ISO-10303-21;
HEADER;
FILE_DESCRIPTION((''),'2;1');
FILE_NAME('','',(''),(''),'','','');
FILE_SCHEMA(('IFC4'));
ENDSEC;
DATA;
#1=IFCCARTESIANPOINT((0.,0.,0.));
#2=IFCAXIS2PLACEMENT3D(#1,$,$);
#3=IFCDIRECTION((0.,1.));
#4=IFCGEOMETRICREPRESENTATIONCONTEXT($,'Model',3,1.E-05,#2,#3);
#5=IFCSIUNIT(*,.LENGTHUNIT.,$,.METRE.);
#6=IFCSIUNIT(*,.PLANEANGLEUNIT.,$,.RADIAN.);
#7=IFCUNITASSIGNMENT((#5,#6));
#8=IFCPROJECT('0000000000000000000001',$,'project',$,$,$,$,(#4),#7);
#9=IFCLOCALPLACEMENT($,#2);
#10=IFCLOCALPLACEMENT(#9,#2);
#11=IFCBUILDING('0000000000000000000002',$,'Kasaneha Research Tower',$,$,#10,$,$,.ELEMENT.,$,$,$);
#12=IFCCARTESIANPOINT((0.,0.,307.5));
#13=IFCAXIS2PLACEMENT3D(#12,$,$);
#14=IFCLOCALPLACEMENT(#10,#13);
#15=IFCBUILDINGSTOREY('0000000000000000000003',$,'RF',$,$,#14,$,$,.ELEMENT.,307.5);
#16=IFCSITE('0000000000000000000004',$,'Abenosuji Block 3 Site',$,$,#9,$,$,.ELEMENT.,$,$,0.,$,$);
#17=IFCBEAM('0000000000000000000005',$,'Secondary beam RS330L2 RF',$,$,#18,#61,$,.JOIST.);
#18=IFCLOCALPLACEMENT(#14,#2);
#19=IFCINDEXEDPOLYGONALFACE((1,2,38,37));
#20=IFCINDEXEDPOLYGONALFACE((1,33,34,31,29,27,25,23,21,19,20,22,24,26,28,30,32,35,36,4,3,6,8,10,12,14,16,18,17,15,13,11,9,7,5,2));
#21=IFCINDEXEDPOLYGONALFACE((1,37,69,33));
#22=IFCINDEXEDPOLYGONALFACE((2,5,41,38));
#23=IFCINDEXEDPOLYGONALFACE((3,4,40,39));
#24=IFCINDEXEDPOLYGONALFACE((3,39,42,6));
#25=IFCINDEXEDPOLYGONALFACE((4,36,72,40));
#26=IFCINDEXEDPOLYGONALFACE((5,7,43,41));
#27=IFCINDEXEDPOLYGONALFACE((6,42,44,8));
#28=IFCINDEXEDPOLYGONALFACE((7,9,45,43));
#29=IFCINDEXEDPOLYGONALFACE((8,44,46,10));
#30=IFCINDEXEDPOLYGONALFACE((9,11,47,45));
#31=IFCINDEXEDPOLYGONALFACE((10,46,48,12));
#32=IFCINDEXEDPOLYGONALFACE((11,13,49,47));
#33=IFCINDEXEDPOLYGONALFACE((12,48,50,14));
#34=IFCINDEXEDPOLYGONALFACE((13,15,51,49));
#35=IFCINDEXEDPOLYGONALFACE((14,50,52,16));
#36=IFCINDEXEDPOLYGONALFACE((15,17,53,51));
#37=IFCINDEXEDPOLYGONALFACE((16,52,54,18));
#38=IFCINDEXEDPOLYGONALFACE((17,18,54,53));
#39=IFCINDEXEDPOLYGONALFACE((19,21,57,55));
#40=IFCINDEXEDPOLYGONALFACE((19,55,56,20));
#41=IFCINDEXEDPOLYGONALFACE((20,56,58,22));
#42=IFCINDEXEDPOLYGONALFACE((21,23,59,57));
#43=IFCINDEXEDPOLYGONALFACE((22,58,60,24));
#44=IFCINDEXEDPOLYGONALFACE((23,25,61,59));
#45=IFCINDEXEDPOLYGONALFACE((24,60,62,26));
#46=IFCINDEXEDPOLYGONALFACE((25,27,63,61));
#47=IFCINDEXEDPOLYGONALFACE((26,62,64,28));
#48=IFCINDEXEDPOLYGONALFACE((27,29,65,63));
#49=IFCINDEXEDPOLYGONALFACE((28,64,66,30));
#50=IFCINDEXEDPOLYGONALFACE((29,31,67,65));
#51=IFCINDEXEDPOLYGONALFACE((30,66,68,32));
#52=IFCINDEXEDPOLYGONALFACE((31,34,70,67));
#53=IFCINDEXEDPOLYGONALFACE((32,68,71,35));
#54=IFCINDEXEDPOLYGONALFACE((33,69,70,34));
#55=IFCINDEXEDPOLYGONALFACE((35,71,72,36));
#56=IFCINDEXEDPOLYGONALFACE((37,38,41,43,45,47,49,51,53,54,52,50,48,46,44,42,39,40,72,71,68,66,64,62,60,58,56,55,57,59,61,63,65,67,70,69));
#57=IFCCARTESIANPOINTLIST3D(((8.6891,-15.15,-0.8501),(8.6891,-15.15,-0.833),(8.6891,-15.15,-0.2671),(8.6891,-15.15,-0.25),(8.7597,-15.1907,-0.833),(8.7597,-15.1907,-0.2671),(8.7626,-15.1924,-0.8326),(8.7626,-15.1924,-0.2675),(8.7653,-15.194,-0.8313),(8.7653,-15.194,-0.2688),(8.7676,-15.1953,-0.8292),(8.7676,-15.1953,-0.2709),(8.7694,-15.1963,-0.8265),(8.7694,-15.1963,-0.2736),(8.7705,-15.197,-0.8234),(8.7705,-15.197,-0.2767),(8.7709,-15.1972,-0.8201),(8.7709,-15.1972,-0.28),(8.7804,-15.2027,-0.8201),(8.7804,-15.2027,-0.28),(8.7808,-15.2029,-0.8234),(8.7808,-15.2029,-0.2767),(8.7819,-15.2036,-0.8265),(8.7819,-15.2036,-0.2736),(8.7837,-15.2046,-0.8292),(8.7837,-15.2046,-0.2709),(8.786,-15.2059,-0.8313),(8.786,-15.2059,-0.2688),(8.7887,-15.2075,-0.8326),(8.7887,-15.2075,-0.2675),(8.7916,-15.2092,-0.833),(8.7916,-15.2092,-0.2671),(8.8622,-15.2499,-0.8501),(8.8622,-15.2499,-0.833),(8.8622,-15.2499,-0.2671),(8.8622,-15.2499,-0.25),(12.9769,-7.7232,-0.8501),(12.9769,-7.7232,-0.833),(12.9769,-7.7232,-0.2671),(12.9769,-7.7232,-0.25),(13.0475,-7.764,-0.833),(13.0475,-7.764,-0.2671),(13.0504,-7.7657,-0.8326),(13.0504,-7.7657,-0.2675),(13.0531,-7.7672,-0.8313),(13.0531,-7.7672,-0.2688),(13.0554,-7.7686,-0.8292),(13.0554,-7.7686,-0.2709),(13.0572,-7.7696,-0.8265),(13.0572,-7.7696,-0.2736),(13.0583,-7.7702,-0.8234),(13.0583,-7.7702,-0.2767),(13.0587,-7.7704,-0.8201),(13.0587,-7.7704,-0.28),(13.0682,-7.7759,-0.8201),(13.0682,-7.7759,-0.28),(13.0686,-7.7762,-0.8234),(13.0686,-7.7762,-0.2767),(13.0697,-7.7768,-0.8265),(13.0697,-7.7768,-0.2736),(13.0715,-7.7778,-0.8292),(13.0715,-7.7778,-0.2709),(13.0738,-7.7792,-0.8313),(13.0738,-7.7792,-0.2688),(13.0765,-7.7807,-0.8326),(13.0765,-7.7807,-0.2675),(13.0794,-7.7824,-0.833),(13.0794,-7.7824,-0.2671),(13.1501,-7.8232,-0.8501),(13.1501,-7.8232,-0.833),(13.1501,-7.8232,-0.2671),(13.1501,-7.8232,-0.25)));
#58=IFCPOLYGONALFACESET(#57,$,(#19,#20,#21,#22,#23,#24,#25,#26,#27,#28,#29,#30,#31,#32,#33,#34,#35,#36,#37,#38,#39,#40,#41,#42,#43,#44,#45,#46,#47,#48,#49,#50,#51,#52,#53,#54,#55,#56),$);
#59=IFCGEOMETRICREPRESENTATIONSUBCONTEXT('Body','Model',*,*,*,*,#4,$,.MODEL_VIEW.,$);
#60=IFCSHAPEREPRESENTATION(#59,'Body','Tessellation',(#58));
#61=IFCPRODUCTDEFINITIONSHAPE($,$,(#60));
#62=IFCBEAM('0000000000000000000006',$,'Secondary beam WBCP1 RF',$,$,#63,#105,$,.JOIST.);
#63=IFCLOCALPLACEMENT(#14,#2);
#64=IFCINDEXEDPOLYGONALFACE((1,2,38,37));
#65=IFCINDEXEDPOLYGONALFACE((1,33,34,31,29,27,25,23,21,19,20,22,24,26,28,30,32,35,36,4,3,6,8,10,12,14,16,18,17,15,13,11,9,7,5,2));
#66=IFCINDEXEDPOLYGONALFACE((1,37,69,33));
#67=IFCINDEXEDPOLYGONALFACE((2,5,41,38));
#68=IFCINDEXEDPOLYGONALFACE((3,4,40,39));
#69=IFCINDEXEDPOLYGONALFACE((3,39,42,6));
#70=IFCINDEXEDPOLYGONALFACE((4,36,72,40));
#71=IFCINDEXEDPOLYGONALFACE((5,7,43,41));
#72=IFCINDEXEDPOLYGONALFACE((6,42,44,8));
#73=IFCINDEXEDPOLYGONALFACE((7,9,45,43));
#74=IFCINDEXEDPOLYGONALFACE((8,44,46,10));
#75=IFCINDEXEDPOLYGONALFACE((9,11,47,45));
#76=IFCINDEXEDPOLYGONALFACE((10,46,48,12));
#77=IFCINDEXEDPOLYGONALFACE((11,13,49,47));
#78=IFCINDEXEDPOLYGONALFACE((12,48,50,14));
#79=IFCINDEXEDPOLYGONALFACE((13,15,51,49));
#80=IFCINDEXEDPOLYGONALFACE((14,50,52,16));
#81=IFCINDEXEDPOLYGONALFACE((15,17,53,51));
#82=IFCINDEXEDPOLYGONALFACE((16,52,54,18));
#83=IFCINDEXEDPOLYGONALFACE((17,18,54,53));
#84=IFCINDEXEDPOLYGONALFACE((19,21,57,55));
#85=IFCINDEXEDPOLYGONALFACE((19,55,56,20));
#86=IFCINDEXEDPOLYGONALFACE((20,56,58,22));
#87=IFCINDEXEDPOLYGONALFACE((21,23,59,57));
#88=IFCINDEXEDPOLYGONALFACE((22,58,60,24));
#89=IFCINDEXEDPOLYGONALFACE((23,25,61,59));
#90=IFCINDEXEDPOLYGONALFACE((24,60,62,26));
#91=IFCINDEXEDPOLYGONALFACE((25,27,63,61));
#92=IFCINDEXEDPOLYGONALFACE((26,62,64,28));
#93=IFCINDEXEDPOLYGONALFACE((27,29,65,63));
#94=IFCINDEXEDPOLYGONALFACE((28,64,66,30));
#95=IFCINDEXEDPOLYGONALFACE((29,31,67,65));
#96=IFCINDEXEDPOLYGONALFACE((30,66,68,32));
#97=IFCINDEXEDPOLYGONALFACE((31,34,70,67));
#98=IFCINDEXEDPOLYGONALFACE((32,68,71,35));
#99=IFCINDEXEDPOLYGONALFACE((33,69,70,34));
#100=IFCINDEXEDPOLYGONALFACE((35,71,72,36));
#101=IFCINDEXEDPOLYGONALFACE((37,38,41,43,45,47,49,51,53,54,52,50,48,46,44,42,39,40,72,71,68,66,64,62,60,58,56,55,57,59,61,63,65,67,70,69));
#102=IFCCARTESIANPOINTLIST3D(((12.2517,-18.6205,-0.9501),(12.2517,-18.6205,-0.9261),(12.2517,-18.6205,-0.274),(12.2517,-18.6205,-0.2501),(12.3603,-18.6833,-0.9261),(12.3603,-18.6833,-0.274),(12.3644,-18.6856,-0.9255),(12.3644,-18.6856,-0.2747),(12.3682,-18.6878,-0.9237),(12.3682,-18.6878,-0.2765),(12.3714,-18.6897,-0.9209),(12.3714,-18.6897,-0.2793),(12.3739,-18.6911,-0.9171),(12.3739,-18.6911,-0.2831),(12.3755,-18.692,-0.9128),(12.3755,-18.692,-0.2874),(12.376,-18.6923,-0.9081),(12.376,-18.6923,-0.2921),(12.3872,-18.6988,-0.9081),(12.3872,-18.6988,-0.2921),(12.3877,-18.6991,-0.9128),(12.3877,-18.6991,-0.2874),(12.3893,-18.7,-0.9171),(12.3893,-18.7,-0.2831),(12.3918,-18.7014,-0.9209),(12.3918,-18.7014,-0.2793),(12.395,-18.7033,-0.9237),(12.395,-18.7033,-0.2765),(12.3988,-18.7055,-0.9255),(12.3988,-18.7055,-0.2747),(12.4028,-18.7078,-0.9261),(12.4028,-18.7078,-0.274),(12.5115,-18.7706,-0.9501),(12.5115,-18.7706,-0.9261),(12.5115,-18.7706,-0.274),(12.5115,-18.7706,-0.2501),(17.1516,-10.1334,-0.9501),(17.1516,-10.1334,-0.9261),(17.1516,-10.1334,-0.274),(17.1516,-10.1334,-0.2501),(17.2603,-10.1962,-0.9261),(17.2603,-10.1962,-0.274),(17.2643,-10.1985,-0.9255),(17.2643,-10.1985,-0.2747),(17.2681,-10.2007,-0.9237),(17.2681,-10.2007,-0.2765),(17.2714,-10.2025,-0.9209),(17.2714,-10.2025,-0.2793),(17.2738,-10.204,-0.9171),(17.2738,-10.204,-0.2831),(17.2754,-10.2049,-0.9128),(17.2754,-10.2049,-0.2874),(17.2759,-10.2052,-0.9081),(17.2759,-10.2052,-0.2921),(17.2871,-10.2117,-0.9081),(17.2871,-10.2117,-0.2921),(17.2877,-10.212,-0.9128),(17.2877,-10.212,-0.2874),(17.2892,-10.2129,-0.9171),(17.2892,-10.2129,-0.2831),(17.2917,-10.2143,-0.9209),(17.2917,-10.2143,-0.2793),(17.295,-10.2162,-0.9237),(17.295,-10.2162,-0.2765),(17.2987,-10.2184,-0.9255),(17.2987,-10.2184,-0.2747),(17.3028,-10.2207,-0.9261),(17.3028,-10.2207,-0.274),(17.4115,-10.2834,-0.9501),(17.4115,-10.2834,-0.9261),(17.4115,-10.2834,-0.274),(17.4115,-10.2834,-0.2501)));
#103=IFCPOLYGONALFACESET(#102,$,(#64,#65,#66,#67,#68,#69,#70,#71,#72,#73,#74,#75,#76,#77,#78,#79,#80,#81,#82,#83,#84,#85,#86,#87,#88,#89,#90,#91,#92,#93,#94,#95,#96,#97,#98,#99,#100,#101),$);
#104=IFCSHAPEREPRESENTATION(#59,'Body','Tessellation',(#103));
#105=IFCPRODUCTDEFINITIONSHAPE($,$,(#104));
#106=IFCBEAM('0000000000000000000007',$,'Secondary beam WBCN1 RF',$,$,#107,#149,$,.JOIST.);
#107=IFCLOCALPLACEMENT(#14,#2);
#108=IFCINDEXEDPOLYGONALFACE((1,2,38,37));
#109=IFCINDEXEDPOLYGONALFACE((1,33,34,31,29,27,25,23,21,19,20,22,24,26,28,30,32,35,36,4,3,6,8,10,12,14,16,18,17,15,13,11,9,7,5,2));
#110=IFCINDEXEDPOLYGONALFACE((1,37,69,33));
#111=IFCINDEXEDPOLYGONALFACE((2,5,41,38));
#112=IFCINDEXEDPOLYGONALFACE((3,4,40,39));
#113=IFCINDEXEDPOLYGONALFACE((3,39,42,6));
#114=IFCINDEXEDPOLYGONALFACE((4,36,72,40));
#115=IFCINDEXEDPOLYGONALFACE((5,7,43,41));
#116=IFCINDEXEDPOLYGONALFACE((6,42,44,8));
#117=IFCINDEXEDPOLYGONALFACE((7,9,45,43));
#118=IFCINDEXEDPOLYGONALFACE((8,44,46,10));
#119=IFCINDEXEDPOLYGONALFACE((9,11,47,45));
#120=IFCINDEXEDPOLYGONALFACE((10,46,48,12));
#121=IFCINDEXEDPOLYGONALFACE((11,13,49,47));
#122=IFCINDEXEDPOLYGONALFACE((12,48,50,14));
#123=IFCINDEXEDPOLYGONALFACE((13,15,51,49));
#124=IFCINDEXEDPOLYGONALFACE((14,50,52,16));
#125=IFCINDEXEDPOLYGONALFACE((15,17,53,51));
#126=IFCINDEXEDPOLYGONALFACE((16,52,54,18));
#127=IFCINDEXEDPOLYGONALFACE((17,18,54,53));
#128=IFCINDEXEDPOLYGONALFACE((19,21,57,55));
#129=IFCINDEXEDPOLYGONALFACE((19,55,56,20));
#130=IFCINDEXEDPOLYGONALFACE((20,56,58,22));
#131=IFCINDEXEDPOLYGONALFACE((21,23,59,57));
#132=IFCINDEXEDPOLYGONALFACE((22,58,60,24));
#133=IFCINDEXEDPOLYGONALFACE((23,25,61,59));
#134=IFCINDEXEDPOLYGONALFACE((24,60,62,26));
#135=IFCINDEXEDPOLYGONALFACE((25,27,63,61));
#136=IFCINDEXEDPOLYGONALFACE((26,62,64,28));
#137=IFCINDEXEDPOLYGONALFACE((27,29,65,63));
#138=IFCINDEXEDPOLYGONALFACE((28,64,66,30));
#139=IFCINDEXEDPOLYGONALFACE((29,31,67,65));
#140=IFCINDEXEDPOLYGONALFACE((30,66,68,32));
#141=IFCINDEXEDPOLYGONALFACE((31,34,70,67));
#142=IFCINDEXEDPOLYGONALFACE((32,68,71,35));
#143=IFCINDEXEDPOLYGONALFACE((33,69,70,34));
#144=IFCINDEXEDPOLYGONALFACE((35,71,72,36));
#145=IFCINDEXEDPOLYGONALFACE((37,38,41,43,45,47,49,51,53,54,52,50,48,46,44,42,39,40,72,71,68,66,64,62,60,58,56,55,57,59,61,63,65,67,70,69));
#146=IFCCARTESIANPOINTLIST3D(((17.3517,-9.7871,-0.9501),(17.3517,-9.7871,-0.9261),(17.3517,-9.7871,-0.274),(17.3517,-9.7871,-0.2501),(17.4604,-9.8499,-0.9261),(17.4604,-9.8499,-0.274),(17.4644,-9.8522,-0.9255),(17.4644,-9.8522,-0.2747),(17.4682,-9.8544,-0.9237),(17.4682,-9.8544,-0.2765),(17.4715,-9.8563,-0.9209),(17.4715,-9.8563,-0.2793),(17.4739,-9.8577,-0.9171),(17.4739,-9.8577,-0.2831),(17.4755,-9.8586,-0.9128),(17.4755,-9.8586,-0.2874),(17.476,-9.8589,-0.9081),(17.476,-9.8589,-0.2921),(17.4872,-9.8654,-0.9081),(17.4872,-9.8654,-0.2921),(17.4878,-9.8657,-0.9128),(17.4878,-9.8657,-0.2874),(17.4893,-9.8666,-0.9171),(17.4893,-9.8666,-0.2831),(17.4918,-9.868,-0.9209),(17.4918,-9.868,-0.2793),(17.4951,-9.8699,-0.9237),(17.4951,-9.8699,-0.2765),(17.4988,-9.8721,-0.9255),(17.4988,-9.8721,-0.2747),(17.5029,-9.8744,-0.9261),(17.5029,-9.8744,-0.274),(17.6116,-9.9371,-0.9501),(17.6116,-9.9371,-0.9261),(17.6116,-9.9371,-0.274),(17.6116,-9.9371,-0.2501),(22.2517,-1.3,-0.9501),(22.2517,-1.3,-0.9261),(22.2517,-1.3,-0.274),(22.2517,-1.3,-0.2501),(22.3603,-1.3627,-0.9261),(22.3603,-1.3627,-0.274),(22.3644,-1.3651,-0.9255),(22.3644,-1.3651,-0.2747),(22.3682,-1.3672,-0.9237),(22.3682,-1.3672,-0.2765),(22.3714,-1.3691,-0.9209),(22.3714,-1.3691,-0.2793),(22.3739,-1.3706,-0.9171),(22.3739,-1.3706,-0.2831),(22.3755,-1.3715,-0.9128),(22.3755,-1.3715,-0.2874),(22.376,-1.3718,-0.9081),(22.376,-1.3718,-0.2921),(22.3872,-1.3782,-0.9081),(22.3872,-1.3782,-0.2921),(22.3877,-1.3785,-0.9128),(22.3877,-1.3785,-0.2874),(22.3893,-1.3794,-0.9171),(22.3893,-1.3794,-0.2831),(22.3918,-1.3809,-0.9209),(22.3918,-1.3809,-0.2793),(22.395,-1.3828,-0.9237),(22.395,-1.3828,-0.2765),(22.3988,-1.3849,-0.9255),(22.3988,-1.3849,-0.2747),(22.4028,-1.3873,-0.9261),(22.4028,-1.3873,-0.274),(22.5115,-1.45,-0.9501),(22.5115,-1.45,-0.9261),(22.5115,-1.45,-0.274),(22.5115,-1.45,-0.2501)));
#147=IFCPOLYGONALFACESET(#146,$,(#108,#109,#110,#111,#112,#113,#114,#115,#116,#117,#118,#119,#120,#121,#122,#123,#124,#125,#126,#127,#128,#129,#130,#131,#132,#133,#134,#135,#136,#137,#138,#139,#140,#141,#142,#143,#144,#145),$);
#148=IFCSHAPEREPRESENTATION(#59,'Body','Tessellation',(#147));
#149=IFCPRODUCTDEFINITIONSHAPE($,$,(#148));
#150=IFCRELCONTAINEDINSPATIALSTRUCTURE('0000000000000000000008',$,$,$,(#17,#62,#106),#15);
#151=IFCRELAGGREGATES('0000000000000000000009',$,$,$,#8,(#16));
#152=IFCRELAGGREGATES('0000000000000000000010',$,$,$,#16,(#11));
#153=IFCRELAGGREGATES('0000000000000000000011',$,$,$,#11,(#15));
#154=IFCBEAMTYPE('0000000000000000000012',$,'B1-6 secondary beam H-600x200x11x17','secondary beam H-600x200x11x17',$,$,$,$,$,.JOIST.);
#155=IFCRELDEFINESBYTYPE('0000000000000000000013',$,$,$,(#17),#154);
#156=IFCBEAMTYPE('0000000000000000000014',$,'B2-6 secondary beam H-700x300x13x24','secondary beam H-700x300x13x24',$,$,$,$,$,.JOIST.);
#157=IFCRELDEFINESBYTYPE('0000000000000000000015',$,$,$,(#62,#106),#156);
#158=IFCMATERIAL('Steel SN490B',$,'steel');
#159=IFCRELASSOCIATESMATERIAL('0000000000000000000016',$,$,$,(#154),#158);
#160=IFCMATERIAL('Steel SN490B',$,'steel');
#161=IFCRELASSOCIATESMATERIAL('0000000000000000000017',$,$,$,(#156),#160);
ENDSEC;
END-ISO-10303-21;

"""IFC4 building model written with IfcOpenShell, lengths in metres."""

from ifc_helpers import new_model, si_unit, direction, frame, origin, origin_2d, place, context, subcontext, project, spatial, i_section, extrude, material, material_profile, profile_set, type_object, element, save


model = new_model("IFC4")

# Units and contexts
model_context = context("Model", 3, precision=1e-05, world=origin(), true_north=direction((0.0, 1.0)))
body_context = subcontext(model_context, "Body", "Model", "MODEL_VIEW")
ifc_project = project(units=[si_unit("LENGTHUNIT", "METRE"), si_unit("PLANEANGLEUNIT", "RADIAN")], contexts=[model_context])

# Site, building, storey
site_placement = place(None, origin())
site = spatial("IfcSite", under=ifc_project, at=site_placement, Name="Abenosuji Block 3 Site", CompositionType="ELEMENT", RefElevation=0.0)
building_placement = place(site_placement, origin())
building = spatial("IfcBuilding", under=site, at=building_placement, Name="Kasaneha Research Tower", CompositionType="ELEMENT")
storey_placement = place(building_placement, frame((0.0, 0.0, 307.5)))
storey = spatial("IfcBuildingStorey", under=building, at=storey_placement, Name="RF", CompositionType="ELEMENT", Elevation=307.5)

# Beams
ifc_material_1 = material(Name="Steel SN490B", Category="steel")
ifc_material_profile_1 = material_profile(ifc_material_1, i_section(OverallWidth=0.2, OverallDepth=0.6001, WebThickness=0.011, FlangeThickness=0.0171, FilletRadius=0.0129, at=origin_2d()), Name="H-600x200x11x17")
ifc_profile_set_1 = profile_set([ifc_material_profile_1], Name="Steel SN490B")
beam_type_1 = type_object("IfcBeamType", Name="B1-6 secondary beam H-600x200x11x17", Description="secondary beam H-600x200x11x17", PredefinedType="JOIST", material=ifc_profile_set_1)
beam_1_placement = place(storey_placement, frame((8.7756, -15.2, -0.55), z_axis=(0.5, 0.866025, 0.0), x_axis=(-0.866025, 0.5, 0.0)))
element("IfcBeam", 1, at=beam_1_placement, inside=storey, type_object=beam_type_1, Name="Secondary beam RS330L2 RF", PredefinedType="JOIST", context=body_context, shape_type="SweptSolid", body=[
    extrude(i_section(OverallWidth=0.2, OverallDepth=0.6001, WebThickness=0.011, FlangeThickness=0.0171, FilletRadius=0.0129, at=origin_2d()), origin(), (0.0, 0.0, 1.0), 8.5757),
])
ifc_material_2 = material(Name="Steel SN490B", Category="steel")
ifc_material_profile_2 = material_profile(ifc_material_2, i_section(OverallWidth=0.3, OverallDepth=0.7, WebThickness=0.0129, FlangeThickness=0.0239, FilletRadius=0.0181, at=origin_2d()), Name="H-700x300x13x24")
ifc_profile_set_2 = profile_set([ifc_material_profile_2], Name="Steel SN490B")
beam_type_2 = type_object("IfcBeamType", Name="B2-6 secondary beam H-700x300x13x24", Description="secondary beam H-700x300x13x24", PredefinedType="JOIST", material=ifc_profile_set_2)
for number, where, z_axis, x_axis, name in (
    (2, (12.3816, -18.6956, -0.6001), (0.499992, 0.86603, 0.0), (-0.86603, 0.499992, 0.0), "Secondary beam WBCP1 RF"),
    (3, (22.3816, -1.375, -0.6001), (-0.499992, -0.86603, 0.0), (0.86603, -0.499992, 0.0), "Secondary beam WBCN1 RF"),
):
    element("IfcBeam", number, at=place(storey_placement, frame(where, z_axis=z_axis, x_axis=x_axis)), inside=storey, type_object=beam_type_2, Name=name, PredefinedType="JOIST", context=body_context, shape_type="SweptSolid", body=[
        extrude(i_section(OverallWidth=0.3, OverallDepth=0.7, WebThickness=0.0129, FlangeThickness=0.0239, FilletRadius=0.0181, at=origin_2d()), origin(), (0.0, 0.0, 1.0), 9.8),
    ])

save(model, "model.ifc")
